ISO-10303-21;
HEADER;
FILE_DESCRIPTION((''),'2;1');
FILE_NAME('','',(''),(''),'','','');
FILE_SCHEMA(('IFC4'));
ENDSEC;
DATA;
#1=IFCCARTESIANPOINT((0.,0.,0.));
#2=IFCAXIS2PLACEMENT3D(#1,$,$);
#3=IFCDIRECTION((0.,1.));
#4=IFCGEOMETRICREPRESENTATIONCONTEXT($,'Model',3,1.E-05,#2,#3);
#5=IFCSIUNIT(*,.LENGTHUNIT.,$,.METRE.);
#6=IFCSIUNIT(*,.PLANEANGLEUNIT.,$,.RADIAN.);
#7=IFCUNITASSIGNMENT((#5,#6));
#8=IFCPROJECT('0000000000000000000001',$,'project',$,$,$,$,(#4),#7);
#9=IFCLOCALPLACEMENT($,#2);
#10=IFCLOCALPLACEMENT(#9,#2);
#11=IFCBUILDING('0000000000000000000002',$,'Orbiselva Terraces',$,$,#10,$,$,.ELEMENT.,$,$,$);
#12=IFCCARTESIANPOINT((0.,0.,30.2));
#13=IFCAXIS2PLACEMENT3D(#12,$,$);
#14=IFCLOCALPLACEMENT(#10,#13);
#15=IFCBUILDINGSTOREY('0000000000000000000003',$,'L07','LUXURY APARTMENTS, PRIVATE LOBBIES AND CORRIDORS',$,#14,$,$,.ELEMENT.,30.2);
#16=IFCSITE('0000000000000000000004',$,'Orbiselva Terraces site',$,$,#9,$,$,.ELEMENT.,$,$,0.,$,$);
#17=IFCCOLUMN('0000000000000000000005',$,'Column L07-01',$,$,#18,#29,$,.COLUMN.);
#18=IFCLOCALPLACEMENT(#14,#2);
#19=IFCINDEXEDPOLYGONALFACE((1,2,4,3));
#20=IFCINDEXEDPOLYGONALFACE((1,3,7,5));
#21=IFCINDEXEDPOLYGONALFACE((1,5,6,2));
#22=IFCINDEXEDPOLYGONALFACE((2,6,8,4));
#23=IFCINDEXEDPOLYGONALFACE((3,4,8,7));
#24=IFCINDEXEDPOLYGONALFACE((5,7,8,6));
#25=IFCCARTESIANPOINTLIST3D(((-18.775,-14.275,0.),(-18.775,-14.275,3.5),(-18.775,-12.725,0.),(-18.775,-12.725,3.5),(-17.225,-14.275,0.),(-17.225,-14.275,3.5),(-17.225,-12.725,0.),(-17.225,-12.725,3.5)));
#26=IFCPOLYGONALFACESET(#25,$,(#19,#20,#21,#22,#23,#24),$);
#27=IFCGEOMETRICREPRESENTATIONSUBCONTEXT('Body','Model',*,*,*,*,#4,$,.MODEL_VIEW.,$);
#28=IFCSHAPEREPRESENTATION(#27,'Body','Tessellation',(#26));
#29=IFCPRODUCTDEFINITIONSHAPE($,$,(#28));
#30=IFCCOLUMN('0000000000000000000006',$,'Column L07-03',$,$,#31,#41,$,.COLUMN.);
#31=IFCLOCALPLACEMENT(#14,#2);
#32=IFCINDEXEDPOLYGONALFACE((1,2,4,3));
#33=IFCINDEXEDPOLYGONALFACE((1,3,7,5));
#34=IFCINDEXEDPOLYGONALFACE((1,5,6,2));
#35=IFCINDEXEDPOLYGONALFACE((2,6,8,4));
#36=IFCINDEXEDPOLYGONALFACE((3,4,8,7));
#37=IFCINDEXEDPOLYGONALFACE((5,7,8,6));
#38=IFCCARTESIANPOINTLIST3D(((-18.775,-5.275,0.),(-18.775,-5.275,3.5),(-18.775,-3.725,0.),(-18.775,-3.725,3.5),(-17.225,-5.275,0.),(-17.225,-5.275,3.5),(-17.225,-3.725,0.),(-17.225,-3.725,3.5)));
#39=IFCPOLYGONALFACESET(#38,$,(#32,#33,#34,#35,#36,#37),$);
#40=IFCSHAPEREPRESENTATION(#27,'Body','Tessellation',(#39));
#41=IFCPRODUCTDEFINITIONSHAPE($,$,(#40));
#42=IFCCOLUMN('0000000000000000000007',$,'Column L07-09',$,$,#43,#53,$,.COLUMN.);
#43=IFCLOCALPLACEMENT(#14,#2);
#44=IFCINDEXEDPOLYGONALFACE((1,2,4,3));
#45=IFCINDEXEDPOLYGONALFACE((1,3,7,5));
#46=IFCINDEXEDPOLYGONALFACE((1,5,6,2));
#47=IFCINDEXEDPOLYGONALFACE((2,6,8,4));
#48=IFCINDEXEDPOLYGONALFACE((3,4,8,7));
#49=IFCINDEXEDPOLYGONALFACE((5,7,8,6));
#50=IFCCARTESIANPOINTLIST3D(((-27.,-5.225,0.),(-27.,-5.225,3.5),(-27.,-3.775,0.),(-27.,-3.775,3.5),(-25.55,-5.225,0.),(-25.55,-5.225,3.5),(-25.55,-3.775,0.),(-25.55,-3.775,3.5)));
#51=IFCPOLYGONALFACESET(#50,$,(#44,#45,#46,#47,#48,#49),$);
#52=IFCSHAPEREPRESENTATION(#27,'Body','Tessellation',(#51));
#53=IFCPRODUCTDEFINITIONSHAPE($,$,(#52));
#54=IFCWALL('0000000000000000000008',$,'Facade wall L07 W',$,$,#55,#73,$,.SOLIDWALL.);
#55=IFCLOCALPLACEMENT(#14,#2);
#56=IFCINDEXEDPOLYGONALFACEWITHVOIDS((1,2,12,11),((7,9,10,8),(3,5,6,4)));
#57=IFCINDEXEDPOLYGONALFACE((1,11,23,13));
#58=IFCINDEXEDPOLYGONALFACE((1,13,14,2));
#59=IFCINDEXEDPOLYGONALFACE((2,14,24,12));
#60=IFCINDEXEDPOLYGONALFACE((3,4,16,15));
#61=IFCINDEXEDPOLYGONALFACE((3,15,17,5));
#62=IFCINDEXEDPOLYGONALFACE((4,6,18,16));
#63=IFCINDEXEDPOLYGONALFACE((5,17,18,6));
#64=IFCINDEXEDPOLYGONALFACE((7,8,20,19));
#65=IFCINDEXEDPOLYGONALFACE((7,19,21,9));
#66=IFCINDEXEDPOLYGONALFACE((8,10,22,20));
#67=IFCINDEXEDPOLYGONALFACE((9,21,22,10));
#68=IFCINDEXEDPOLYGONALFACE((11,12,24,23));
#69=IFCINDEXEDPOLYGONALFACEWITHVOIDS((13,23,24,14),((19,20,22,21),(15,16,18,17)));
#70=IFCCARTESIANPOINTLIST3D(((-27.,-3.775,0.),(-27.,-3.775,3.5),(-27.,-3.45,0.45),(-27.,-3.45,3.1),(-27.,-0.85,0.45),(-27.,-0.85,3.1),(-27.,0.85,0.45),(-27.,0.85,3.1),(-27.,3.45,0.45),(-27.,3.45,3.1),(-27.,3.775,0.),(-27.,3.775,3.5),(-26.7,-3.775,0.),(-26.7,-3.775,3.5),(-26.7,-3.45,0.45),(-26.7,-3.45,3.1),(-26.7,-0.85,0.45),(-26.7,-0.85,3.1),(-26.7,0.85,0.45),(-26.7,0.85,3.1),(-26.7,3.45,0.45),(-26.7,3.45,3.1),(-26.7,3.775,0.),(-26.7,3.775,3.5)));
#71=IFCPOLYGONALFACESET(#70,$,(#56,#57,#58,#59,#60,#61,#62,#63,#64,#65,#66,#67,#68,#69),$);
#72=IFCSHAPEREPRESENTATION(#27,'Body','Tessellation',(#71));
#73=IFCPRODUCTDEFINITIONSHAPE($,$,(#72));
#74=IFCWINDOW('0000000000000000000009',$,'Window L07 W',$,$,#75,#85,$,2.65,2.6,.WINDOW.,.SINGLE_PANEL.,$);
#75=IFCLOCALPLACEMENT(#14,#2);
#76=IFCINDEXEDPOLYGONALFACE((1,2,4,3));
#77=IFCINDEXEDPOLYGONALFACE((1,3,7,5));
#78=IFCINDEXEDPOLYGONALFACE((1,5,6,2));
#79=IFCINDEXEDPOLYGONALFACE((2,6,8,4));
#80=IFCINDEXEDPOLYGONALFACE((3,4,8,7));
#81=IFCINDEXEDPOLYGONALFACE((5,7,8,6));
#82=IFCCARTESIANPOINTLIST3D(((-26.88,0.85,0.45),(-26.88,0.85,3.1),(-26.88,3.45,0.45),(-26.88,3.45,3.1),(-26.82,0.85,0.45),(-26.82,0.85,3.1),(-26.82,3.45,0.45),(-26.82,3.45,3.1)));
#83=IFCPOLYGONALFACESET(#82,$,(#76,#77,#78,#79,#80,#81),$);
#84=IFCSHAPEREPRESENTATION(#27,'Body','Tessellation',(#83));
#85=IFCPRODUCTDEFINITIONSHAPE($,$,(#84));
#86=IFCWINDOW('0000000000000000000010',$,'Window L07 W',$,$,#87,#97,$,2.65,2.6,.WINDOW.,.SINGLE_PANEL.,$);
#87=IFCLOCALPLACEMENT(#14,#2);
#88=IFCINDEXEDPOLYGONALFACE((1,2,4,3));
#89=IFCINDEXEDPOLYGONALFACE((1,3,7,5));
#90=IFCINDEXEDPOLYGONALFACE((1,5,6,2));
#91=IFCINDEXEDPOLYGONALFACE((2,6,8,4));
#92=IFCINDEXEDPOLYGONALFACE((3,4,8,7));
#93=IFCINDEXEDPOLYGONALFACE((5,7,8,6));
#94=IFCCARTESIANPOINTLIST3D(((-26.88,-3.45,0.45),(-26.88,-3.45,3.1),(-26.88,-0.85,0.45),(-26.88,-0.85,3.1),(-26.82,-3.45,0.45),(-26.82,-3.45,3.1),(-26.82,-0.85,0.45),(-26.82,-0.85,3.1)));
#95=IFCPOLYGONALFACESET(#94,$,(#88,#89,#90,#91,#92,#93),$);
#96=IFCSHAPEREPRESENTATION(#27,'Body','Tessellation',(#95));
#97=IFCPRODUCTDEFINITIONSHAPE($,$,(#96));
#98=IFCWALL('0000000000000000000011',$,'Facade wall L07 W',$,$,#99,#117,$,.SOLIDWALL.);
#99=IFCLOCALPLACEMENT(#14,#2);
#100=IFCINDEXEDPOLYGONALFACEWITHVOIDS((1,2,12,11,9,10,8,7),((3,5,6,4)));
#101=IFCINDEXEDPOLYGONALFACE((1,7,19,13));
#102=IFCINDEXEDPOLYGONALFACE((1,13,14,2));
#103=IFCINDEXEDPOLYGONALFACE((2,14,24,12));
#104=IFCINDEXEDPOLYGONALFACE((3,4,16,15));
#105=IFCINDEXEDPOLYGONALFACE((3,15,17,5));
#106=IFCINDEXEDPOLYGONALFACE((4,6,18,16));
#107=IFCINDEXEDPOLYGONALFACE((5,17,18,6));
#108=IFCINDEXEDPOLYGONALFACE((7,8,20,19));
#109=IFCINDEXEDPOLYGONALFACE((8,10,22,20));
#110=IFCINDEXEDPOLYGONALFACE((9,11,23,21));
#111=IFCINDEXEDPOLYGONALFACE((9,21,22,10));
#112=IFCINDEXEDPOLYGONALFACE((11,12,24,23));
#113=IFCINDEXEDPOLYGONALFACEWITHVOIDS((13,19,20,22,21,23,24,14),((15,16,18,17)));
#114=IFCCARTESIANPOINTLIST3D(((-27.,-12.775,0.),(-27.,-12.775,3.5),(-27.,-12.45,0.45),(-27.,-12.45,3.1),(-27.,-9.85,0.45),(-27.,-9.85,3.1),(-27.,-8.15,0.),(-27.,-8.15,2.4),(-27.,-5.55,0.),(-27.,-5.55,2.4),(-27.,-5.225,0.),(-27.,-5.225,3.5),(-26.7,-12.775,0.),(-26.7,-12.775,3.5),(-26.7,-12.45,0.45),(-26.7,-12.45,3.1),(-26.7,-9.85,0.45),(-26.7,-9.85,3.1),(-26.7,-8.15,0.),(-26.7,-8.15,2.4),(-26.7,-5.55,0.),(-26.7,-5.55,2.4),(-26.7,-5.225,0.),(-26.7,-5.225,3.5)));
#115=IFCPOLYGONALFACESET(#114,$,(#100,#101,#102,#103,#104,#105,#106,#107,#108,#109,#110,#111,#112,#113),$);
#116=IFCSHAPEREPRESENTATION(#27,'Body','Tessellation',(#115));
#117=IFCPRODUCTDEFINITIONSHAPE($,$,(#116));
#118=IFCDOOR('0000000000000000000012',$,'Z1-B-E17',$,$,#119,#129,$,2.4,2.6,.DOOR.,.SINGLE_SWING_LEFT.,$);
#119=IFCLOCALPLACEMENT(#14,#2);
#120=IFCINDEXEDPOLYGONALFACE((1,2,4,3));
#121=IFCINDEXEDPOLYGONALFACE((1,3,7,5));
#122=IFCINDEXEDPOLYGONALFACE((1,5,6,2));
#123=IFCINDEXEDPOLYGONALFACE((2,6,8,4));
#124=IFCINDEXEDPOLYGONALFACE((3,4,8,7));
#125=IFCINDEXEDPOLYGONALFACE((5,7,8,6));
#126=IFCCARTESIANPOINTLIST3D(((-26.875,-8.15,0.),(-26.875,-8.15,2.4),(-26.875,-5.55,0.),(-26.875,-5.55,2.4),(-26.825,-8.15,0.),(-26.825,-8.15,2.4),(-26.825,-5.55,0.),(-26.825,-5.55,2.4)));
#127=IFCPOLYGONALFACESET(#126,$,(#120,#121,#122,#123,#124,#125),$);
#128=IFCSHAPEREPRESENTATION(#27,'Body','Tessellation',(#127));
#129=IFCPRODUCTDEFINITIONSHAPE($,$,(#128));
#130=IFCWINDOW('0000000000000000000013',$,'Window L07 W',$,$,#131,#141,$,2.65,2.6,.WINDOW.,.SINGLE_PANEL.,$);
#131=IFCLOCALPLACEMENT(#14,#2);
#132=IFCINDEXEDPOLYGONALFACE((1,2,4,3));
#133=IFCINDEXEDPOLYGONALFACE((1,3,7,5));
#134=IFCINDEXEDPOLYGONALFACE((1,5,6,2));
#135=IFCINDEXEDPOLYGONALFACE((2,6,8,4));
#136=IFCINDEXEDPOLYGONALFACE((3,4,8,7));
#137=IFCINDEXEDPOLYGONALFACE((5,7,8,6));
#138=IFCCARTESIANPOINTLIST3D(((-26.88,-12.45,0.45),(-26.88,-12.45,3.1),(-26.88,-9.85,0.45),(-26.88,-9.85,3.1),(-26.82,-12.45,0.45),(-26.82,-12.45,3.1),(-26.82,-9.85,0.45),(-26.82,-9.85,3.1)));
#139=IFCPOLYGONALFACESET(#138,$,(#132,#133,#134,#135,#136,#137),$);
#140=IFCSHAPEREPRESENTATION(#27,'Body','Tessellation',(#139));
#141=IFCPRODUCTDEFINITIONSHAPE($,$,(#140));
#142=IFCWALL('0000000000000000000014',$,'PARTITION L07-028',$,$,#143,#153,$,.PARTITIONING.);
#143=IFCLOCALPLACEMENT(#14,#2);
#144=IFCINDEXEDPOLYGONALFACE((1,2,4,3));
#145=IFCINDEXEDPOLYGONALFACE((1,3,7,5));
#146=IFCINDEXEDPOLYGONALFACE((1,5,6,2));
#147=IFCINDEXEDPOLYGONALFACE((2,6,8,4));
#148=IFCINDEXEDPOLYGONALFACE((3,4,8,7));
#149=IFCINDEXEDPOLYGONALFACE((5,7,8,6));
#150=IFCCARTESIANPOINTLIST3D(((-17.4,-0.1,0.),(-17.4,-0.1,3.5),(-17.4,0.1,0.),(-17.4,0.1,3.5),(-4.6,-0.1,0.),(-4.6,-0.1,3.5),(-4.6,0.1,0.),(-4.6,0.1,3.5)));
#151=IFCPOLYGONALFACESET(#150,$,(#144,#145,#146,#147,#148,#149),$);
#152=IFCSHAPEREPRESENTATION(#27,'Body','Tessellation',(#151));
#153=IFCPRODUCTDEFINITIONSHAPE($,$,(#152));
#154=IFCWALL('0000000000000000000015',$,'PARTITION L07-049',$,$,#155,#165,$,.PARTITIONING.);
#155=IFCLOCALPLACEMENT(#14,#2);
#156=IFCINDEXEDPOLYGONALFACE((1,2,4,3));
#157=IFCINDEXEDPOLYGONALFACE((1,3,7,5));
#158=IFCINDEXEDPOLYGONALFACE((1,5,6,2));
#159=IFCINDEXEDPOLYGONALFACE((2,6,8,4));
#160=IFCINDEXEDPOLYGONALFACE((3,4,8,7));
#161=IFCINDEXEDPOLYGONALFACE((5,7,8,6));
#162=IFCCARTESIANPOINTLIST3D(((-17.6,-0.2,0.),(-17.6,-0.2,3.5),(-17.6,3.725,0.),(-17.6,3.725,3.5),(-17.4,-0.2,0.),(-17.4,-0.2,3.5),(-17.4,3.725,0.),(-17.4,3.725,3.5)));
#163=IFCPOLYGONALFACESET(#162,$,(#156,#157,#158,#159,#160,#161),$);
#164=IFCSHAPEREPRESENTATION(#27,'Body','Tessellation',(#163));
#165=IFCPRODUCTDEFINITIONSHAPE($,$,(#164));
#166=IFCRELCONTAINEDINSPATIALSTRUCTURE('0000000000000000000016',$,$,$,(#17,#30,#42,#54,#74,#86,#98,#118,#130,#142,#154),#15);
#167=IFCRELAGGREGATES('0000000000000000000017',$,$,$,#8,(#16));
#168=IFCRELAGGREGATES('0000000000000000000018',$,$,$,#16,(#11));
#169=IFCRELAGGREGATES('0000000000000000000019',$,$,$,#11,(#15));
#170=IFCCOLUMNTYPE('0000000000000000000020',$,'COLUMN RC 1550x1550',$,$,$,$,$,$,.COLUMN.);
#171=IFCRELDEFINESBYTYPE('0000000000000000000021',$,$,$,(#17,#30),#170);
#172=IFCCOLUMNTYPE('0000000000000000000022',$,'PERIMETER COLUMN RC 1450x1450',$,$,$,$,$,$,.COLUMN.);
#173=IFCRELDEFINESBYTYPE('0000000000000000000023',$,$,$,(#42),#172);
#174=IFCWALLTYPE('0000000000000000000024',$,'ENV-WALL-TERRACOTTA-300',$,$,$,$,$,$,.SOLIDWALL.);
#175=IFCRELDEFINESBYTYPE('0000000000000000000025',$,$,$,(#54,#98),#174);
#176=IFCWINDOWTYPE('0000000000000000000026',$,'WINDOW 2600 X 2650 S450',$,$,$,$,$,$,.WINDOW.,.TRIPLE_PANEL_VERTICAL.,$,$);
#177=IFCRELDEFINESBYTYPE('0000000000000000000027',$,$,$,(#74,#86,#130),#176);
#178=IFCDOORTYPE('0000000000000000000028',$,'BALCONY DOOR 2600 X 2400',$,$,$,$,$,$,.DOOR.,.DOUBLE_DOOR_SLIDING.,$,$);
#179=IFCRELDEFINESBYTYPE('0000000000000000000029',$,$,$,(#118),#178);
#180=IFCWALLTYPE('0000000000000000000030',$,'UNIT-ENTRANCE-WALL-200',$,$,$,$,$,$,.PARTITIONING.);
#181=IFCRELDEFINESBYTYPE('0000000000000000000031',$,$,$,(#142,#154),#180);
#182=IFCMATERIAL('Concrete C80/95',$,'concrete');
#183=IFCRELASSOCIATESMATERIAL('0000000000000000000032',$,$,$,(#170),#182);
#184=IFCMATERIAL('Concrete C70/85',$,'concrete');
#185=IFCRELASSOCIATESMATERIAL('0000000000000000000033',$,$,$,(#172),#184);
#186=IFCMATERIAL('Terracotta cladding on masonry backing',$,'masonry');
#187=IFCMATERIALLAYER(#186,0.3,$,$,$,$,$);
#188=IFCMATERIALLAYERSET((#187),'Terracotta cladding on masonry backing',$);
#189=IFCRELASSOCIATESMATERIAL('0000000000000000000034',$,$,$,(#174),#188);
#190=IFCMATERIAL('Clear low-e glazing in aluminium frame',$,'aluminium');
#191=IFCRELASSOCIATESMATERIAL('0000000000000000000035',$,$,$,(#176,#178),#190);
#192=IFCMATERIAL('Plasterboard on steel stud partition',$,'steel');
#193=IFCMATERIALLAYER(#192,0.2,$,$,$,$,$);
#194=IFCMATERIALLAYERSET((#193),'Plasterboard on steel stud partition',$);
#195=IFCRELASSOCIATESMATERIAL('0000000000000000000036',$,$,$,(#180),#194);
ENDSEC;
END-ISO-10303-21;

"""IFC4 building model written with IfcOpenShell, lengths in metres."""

from ifc_helpers import new_model, si_unit, direction, frame, frame_2d, origin, origin_2d, place, context, subcontext, project, spatial, rectangle, extrude, material, layer, layer_set, material_profile, profile_set, type_object, element, fill, save


model = new_model("IFC4")

# Units and contexts
model_context = context("Model", 3, precision=1e-05, world=origin(), true_north=direction((0.0, 1.0)))
body_context = subcontext(model_context, "Body", "Model", "MODEL_VIEW")
ifc_project = project(units=[si_unit("LENGTHUNIT", "METRE"), si_unit("PLANEANGLEUNIT", "RADIAN")], contexts=[model_context])

# Site, building, storey
site_placement = place(None, origin())
site = spatial("IfcSite", under=ifc_project, at=site_placement, Name="Orbiselva Terraces site", CompositionType="ELEMENT", RefElevation=0.0)
building_placement = place(site_placement, origin())
building = spatial("IfcBuilding", under=site, at=building_placement, Name="Orbiselva Terraces", CompositionType="ELEMENT")
storey_placement = place(building_placement, frame((0.0, 0.0, 30.2)))
storey = spatial("IfcBuildingStorey", under=building, at=storey_placement, Name="L07", Description="LUXURY APARTMENTS, PRIVATE LOBBIES AND CORRIDORS", CompositionType="ELEMENT", Elevation=30.2)

# Columns
ifc_material_1 = material(Name="Concrete C80/95", Category="concrete")
ifc_material_profile_1 = material_profile(ifc_material_1, rectangle(XDim=1.55, YDim=1.55, at=origin_2d()), Name="RC 1550x1550")
ifc_profile_set_1 = profile_set([ifc_material_profile_1], Name="Concrete C80/95")
column_type_1 = type_object("IfcColumnType", Name="COLUMN RC 1550x1550", PredefinedType="COLUMN", material=ifc_profile_set_1)
for number, where, z_axis, x_axis, name in (
    (1, (-18.0, -13.5, 0.0), (0.0, 0.0, 1.0), (1.0, 0.0, 0.0), "Column L07-01"),
    (2, (-18.0, -4.5, 0.0), (0.0, 0.0, 1.0), (1.0, 0.0, 0.0), "Column L07-03"),
):
    element("IfcColumn", number, at=place(storey_placement, frame(where, z_axis=z_axis, x_axis=x_axis)), inside=storey, type_object=column_type_1, Name=name, PredefinedType="COLUMN", context=body_context, shape_type="SweptSolid", body=[
        extrude(rectangle(XDim=1.55, YDim=1.55, at=origin_2d()), origin(), (0.0, 0.0, 1.0), 3.5),
    ])
ifc_material_2 = material(Name="Concrete C70/85", Category="concrete")
ifc_material_profile_2 = material_profile(ifc_material_2, rectangle(XDim=1.45, YDim=1.45, at=origin_2d()), Name="RC 1450x1450")
ifc_profile_set_2 = profile_set([ifc_material_profile_2], Name="Concrete C70/85")
column_type_2 = type_object("IfcColumnType", Name="PERIMETER COLUMN RC 1450x1450", PredefinedType="COLUMN", material=ifc_profile_set_2)
column_placement = place(storey_placement, frame((-26.275, -4.5, 0.0), z_axis=(0.0, 0.0, 1.0), x_axis=(1.0, 0.0, 0.0)))
element("IfcColumn", 3, at=column_placement, inside=storey, type_object=column_type_2, Name="Column L07-09", PredefinedType="COLUMN", context=body_context, shape_type="SweptSolid", body=[
    extrude(rectangle(XDim=1.45, YDim=1.45, at=origin_2d()), origin(), (0.0, 0.0, 1.0), 3.5),
])

# Wall, openings, windows
ifc_material_3 = material(Name="Terracotta cladding on masonry backing", Category="masonry")
ifc_layer_1 = layer(ifc_material_3, 0.3)
ifc_layer_set_1 = layer_set([ifc_layer_1], Name="Terracotta cladding on masonry backing")
wall_type_1 = type_object("IfcWallType", Name="ENV-WALL-TERRACOTTA-300", PredefinedType="SOLIDWALL", material=ifc_layer_set_1)
wall_1_placement = place(storey_placement, frame((-26.85, -3.775, 0.0), z_axis=(0.0, 0.0, 1.0), x_axis=(0.0, 1.0, 0.0)))
wall_1 = element("IfcWall", 4, at=wall_1_placement, inside=storey, type_object=wall_type_1, Name="Facade wall L07 W", PredefinedType="SOLIDWALL", context=body_context, shape_type="SweptSolid", body=[
    extrude(rectangle(XDim=7.55, YDim=0.3, at=frame_2d((3.775, 0.0))), origin(), (0.0, 0.0, 1.0), 3.5),
])
opening_1_placement = place(wall_1_placement, frame((4.625, 0.0, 0.45)))
opening_1 = element("IfcOpeningElement", 5, at=opening_1_placement, cuts=wall_1, PredefinedType="OPENING", context=body_context, shape_type="SweptSolid", body=[
    extrude(rectangle(XDim=2.6, YDim=2.65, at=frame_2d((1.3, 1.325))), frame((0.0, 0.16, 0.0), z_axis=(0.0, -1.0, 0.0), x_axis=(1.0, 0.0, 0.0)), (0.0, 0.0, 1.0), 0.32),
])
opening_2_placement = place(wall_1_placement, frame((0.325, 0.0, 0.45)))
opening_2 = element("IfcOpeningElement", 6, at=opening_2_placement, cuts=wall_1, PredefinedType="OPENING", context=body_context, shape_type="SweptSolid", body=[
    extrude(rectangle(XDim=2.6, YDim=2.65, at=frame_2d((1.3, 1.325))), frame((0.0, 0.16, 0.0), z_axis=(0.0, -1.0, 0.0), x_axis=(1.0, 0.0, 0.0)), (0.0, 0.0, 1.0), 0.32),
])
ifc_material_4 = material(Name="Clear low-e glazing in aluminium frame", Category="aluminium")
window_type = type_object("IfcWindowType", Name="WINDOW 2600 X 2650 S450", PartitioningType="TRIPLE_PANEL_VERTICAL", PredefinedType="WINDOW", material=ifc_material_4)
window_1_placement = place(opening_1_placement, origin())
window_1 = element("IfcWindow", 7, at=window_1_placement, inside=storey, type_object=window_type, Name="Window L07 W", OverallHeight=2.65, OverallWidth=2.6, PartitioningType="SINGLE_PANEL", PredefinedType="WINDOW", context=body_context, shape_type="SweptSolid", body=[
    extrude(rectangle(XDim=2.6, YDim=2.65, at=frame_2d((1.3, 1.325))), frame((0.0, 0.03, 0.0), z_axis=(0.0, -1.0, 0.0), x_axis=(1.0, 0.0, 0.0)), (0.0, 0.0, 1.0), 0.06),
])
fill(opening_1, window_1)
window_2_placement = place(opening_2_placement, origin())
window_2 = element("IfcWindow", 8, at=window_2_placement, inside=storey, type_object=window_type, Name="Window L07 W", OverallHeight=2.65, OverallWidth=2.6, PartitioningType="SINGLE_PANEL", PredefinedType="WINDOW", context=body_context, shape_type="SweptSolid", body=[
    extrude(rectangle(XDim=2.6, YDim=2.65, at=frame_2d((1.3, 1.325))), frame((0.0, 0.03, 0.0), z_axis=(0.0, -1.0, 0.0), x_axis=(1.0, 0.0, 0.0)), (0.0, 0.0, 1.0), 0.06),
])
fill(opening_2, window_2)

# Wall, openings, door, window
wall_2_placement = place(storey_placement, frame((-26.85, -12.775, 0.0), z_axis=(0.0, 0.0, 1.0), x_axis=(0.0, 1.0, 0.0)))
wall_2 = element("IfcWall", 9, at=wall_2_placement, inside=storey, type_object=wall_type_1, Name="Facade wall L07 W", PredefinedType="SOLIDWALL", context=body_context, shape_type="SweptSolid", body=[
    extrude(rectangle(XDim=7.55, YDim=0.3, at=frame_2d((3.775, 0.0))), origin(), (0.0, 0.0, 1.0), 3.5),
])
opening_3_placement = place(wall_2_placement, frame((4.625, 0.0, 0.0)))
opening_3 = element("IfcOpeningElement", 10, at=opening_3_placement, cuts=wall_2, PredefinedType="OPENING", context=body_context, shape_type="SweptSolid", body=[
    extrude(rectangle(XDim=2.6, YDim=2.4, at=frame_2d((1.3, 1.2))), frame((0.0, 0.16, 0.0), z_axis=(0.0, -1.0, 0.0), x_axis=(1.0, 0.0, 0.0)), (0.0, 0.0, 1.0), 0.32),
])
opening_4_placement = place(wall_2_placement, frame((0.325, 0.0, 0.45)))
opening_4 = element("IfcOpeningElement", 11, at=opening_4_placement, cuts=wall_2, PredefinedType="OPENING", context=body_context, shape_type="SweptSolid", body=[
    extrude(rectangle(XDim=2.6, YDim=2.65, at=frame_2d((1.3, 1.325))), frame((0.0, 0.16, 0.0), z_axis=(0.0, -1.0, 0.0), x_axis=(1.0, 0.0, 0.0)), (0.0, 0.0, 1.0), 0.32),
])
door_type_1 = type_object("IfcDoorType", Name="BALCONY DOOR 2600 X 2400", OperationType="DOUBLE_DOOR_SLIDING", PredefinedType="DOOR", material=ifc_material_4)
door_1_placement = place(opening_3_placement, origin())
door_1 = element("IfcDoor", 12, at=door_1_placement, inside=storey, type_object=door_type_1, Name="Z1-B-E17", OperationType="SINGLE_SWING_LEFT", OverallHeight=2.4, OverallWidth=2.6, PredefinedType="DOOR", context=body_context, shape_type="SweptSolid", body=[
    extrude(rectangle(XDim=2.6, YDim=2.4, at=frame_2d((1.3, 1.2))), frame((0.0, 0.025, 0.0), z_axis=(0.0, -1.0, 0.0), x_axis=(1.0, 0.0, 0.0)), (0.0, 0.0, 1.0), 0.05),
])
fill(opening_3, door_1)
window_3_placement = place(opening_4_placement, origin())
window_3 = element("IfcWindow", 13, at=window_3_placement, inside=storey, type_object=window_type, Name="Window L07 W", OverallHeight=2.65, OverallWidth=2.6, PartitioningType="SINGLE_PANEL", PredefinedType="WINDOW", context=body_context, shape_type="SweptSolid", body=[
    extrude(rectangle(XDim=2.6, YDim=2.65, at=frame_2d((1.3, 1.325))), frame((0.0, 0.03, 0.0), z_axis=(0.0, -1.0, 0.0), x_axis=(1.0, 0.0, 0.0)), (0.0, 0.0, 1.0), 0.06),
])
fill(opening_4, window_3)

# Walls
ifc_material_5 = material(Name="Plasterboard on steel stud partition", Category="steel")
ifc_layer_2 = layer(ifc_material_5, 0.2)
ifc_layer_set_2 = layer_set([ifc_layer_2], Name="Plasterboard on steel stud partition")
wall_type_2 = type_object("IfcWallType", Name="UNIT-ENTRANCE-WALL-200", PredefinedType="PARTITIONING", material=ifc_layer_set_2)
wall_3_placement = place(storey_placement, frame((-17.4, 0.0, 0.0), z_axis=(0.0, 0.0, 1.0), x_axis=(1.0, 0.0, 0.0)))
element("IfcWall", 14, at=wall_3_placement, inside=storey, type_object=wall_type_2, Name="PARTITION L07-028", PredefinedType="PARTITIONING", context=body_context, shape_type="SweptSolid", body=[
    extrude(rectangle(XDim=12.8, YDim=0.2, at=frame_2d((6.4, 0.0))), origin(), (0.0, 0.0, 1.0), 3.5),
])
wall_4_placement = place(storey_placement, frame((-17.5, -0.2, 0.0), z_axis=(0.0, 0.0, 1.0), x_axis=(0.0, 1.0, 0.0)))
element("IfcWall", 15, at=wall_4_placement, inside=storey, type_object=wall_type_2, Name="PARTITION L07-049", PredefinedType="PARTITIONING", context=body_context, shape_type="SweptSolid", body=[
    extrude(rectangle(XDim=3.925, YDim=0.2, at=frame_2d((1.9625, 0.0))), origin(), (0.0, 0.0, 1.0), 3.5),
])

save(model, "model.ifc")
